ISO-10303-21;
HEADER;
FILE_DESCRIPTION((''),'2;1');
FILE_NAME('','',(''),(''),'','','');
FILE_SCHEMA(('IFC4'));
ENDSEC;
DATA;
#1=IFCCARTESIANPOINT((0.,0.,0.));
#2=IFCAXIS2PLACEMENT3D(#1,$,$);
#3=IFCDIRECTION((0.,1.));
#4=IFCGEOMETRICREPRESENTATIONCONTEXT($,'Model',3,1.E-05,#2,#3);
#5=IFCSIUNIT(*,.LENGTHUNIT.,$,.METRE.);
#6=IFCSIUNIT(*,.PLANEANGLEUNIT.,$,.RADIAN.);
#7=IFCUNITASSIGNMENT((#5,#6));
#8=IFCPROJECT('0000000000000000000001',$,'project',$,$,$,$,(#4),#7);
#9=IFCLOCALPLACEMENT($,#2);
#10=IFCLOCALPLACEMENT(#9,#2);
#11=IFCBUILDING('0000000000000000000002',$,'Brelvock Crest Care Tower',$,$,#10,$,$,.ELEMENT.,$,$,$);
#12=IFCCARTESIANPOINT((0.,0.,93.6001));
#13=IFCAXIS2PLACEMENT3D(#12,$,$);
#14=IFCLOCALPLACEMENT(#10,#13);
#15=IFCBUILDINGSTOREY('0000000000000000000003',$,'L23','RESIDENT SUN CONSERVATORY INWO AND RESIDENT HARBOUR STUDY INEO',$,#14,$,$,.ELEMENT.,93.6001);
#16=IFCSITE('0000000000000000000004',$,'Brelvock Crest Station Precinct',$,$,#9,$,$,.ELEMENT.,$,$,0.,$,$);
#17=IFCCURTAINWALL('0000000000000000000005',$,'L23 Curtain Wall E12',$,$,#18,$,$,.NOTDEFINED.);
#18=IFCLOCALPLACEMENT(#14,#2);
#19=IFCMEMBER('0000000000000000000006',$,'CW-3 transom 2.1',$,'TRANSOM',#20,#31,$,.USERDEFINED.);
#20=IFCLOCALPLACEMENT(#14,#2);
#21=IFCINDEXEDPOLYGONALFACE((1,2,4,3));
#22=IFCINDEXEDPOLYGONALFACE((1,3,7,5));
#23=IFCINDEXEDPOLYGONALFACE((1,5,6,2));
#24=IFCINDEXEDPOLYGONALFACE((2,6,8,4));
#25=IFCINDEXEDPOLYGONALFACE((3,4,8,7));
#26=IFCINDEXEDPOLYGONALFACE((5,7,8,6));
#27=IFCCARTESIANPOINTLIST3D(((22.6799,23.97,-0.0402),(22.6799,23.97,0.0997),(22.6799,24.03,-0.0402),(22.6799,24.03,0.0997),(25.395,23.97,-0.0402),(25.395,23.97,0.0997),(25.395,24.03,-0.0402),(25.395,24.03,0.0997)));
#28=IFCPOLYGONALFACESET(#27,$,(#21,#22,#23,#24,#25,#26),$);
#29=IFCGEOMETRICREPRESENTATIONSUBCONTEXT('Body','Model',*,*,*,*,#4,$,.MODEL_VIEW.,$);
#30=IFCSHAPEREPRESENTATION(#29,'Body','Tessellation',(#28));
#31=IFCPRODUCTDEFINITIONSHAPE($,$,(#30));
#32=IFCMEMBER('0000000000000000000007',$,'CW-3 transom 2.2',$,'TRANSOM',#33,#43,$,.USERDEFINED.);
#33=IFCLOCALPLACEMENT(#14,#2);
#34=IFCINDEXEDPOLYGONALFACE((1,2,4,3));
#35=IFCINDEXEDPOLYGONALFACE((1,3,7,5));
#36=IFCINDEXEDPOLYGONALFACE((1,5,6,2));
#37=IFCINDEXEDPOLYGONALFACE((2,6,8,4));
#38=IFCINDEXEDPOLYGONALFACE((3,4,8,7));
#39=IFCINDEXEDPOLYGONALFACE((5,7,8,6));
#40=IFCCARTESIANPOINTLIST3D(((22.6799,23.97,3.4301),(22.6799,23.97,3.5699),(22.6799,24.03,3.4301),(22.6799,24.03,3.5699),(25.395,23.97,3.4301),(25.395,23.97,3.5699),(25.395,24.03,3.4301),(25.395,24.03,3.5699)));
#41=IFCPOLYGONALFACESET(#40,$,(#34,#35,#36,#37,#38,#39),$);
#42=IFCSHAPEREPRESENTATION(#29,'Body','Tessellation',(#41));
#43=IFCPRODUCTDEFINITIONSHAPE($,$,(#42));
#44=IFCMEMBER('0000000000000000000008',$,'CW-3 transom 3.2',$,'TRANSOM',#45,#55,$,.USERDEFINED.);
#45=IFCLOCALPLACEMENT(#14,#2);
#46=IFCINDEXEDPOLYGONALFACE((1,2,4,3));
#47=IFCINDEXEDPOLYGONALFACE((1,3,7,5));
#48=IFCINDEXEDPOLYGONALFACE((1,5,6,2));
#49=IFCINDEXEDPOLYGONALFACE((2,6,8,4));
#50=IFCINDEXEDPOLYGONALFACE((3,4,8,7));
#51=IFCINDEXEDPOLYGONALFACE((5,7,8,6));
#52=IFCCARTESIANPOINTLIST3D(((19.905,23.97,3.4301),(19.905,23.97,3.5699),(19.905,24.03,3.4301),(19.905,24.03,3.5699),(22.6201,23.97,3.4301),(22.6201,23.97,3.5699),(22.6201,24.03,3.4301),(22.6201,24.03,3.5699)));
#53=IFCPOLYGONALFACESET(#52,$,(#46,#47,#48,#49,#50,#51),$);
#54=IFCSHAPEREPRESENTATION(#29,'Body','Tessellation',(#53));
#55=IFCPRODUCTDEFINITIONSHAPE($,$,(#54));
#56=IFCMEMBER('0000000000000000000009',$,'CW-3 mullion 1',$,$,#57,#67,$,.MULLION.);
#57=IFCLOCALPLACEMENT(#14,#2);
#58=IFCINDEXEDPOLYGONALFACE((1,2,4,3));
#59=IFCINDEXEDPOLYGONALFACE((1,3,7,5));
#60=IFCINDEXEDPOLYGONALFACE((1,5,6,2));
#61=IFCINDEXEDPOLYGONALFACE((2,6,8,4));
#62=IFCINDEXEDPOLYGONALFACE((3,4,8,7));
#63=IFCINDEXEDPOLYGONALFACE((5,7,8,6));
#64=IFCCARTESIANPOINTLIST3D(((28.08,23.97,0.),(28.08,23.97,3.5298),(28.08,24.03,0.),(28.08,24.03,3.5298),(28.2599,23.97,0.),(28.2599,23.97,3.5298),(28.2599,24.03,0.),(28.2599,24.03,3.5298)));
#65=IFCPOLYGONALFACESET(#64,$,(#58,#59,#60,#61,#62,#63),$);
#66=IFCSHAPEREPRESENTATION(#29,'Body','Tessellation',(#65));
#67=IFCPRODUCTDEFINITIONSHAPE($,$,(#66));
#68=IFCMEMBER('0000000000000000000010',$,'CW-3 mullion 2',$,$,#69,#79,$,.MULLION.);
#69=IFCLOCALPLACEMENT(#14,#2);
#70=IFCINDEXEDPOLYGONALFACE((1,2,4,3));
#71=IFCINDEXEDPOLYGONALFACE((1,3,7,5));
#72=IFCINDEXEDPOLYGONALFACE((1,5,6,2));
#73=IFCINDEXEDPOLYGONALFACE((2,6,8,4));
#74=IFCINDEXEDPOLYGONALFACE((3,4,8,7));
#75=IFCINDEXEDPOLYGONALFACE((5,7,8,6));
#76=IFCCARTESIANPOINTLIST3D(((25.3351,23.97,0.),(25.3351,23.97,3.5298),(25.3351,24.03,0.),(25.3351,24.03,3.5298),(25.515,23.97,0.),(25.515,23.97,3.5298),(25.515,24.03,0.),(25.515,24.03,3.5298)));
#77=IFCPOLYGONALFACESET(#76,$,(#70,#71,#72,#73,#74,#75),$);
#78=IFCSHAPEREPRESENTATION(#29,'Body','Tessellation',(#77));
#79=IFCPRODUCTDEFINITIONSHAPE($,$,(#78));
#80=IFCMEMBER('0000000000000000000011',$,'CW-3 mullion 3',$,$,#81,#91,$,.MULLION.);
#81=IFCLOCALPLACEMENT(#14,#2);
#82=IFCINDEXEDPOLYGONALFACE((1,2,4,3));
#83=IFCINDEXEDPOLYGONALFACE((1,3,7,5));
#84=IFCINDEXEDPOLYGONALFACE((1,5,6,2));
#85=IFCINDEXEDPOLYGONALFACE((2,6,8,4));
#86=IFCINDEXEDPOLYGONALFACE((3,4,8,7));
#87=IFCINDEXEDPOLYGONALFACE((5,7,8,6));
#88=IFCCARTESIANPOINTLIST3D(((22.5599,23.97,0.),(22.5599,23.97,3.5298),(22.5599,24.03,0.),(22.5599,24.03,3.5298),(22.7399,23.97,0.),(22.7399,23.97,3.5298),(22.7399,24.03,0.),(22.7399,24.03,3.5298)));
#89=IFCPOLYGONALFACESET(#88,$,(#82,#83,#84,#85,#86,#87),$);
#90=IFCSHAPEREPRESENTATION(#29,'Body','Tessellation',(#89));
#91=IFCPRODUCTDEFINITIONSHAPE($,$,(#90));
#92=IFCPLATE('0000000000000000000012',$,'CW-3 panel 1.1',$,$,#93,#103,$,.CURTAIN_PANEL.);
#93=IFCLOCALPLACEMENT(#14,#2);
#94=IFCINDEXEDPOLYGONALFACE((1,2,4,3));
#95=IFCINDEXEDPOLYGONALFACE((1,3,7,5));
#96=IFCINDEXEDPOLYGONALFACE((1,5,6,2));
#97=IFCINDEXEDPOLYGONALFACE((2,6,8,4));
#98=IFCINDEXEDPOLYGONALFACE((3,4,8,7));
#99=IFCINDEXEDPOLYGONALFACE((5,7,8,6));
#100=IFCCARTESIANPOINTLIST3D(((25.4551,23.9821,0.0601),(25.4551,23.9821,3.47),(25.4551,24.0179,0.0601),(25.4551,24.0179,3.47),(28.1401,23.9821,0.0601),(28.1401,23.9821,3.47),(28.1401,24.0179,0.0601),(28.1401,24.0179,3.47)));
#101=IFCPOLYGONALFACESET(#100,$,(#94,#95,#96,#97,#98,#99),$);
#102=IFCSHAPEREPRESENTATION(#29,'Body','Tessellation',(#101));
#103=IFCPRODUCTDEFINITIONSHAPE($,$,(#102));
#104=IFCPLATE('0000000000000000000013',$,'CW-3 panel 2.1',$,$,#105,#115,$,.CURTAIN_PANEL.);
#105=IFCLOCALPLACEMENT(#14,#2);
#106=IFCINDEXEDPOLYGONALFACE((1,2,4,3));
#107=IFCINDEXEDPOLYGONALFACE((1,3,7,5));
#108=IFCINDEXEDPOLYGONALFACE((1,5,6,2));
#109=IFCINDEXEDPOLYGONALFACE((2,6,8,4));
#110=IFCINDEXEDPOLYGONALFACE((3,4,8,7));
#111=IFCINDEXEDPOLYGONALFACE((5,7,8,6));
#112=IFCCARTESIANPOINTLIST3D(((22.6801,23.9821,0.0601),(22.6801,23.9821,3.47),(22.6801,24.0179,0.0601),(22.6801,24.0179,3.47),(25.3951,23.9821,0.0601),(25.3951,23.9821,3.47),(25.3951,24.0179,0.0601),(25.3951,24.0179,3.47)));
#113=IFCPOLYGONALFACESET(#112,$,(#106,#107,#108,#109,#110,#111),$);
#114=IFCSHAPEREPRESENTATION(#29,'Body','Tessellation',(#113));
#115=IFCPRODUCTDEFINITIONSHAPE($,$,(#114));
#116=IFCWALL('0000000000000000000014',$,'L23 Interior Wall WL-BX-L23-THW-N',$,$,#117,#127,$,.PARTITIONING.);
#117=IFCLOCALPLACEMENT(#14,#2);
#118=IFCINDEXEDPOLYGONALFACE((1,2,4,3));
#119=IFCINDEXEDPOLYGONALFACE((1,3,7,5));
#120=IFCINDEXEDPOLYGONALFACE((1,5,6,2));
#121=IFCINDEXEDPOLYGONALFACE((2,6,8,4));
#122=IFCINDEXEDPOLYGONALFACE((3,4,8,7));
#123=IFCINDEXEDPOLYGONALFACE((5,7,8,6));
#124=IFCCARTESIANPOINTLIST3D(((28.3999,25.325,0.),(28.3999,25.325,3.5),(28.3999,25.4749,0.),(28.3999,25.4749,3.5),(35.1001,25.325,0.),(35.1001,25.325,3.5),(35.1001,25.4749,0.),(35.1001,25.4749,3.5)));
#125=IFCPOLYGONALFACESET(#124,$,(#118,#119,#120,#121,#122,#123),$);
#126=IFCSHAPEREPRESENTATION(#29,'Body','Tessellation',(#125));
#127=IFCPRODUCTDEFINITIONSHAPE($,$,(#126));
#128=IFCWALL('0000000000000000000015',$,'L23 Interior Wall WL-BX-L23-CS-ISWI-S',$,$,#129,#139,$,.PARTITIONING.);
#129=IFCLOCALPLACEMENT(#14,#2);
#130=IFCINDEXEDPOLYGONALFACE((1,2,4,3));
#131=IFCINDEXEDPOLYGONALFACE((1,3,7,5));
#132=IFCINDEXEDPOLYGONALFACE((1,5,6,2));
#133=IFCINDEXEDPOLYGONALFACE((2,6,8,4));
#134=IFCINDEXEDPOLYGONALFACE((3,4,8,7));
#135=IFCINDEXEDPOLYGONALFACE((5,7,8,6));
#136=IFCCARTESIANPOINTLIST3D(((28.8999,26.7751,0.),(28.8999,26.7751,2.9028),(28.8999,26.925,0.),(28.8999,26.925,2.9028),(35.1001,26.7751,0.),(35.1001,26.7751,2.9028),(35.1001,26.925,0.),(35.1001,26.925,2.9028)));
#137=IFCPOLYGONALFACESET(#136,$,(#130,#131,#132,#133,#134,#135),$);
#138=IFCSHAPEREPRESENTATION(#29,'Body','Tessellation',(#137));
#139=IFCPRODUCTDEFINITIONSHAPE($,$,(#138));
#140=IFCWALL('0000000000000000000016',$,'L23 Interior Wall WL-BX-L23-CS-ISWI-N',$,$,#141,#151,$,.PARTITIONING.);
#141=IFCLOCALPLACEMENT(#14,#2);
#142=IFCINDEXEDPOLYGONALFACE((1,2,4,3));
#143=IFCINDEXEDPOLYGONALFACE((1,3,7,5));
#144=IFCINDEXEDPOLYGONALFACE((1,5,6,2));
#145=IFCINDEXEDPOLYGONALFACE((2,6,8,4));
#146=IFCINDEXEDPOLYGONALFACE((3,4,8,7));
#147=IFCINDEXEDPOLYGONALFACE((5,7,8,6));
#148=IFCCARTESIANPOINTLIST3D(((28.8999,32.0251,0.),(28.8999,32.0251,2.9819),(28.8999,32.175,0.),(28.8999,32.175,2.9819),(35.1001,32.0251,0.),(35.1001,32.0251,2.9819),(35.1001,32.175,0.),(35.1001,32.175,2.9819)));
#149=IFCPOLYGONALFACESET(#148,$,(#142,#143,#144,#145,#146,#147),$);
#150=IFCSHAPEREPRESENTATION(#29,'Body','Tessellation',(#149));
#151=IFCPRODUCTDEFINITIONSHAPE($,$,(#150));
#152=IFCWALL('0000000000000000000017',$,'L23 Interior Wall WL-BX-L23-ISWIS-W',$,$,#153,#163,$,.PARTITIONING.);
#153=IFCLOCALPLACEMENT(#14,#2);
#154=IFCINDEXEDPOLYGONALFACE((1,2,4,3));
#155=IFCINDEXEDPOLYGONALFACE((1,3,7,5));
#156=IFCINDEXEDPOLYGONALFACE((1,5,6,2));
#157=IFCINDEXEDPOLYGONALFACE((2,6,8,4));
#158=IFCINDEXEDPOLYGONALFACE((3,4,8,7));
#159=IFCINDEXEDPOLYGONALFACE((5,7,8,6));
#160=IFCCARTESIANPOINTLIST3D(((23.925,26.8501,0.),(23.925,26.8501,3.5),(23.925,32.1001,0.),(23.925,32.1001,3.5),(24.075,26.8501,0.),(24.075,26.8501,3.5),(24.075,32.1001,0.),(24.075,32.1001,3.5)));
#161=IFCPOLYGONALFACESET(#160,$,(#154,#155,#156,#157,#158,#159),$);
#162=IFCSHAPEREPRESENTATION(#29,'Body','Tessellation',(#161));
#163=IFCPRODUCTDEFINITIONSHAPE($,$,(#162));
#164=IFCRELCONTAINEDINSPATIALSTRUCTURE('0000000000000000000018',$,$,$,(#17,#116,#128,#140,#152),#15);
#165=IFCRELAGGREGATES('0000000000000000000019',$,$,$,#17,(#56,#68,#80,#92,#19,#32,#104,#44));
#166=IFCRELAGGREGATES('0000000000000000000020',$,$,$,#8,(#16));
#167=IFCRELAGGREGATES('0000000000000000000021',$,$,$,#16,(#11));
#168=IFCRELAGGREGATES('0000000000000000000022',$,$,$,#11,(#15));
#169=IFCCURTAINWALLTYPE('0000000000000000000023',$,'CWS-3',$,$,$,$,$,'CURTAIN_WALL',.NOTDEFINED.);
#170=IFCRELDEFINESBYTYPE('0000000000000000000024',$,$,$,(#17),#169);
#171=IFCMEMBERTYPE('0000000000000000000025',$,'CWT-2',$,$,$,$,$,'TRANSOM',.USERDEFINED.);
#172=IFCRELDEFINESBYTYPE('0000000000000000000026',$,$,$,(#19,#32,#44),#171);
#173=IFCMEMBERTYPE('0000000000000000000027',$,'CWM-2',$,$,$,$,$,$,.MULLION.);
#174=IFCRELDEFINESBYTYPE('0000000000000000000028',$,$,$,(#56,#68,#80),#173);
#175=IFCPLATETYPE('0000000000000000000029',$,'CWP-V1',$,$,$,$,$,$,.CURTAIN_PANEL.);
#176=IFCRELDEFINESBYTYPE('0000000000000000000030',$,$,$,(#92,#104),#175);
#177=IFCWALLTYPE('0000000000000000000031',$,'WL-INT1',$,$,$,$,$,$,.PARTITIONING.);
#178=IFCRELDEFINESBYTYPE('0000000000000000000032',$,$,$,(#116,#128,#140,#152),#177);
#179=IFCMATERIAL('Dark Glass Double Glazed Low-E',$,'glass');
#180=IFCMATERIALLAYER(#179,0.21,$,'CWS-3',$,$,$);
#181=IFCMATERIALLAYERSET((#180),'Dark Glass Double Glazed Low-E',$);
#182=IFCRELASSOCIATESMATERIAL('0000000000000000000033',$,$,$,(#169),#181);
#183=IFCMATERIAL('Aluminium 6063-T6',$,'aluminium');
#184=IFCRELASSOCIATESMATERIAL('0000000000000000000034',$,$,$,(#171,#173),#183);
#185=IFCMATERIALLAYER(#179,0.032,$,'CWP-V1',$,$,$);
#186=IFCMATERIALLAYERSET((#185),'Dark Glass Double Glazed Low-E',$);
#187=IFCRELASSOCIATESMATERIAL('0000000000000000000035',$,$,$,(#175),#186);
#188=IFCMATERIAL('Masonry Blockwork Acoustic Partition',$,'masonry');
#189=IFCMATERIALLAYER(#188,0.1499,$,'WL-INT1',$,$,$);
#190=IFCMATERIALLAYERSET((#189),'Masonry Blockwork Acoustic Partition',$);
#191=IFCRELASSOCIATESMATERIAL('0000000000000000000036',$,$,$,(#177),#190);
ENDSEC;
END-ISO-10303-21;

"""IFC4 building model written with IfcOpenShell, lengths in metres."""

from ifc_helpers import new_model, si_unit, direction, frame, frame_2d, origin, origin_2d, place, context, subcontext, project, spatial, rectangle, extrude, source, transform, mapped, material, layer, layer_set, material_profile, profile_set, type_object, element, aggregate, save


model = new_model("IFC4")

# Units and contexts
model_context = context("Model", 3, precision=1e-05, world=origin(), true_north=direction((0.0, 1.0)))
body_context = subcontext(model_context, "Body", "Model", "MODEL_VIEW")
ifc_project = project(units=[si_unit("LENGTHUNIT", "METRE"), si_unit("PLANEANGLEUNIT", "RADIAN")], contexts=[model_context])

# Site, building, storey
site_placement = place(None, origin())
site = spatial("IfcSite", under=ifc_project, at=site_placement, Name="Brelvock Crest Station Precinct", CompositionType="ELEMENT", RefElevation=0.0)
building_placement = place(site_placement, origin())
building = spatial("IfcBuilding", under=site, at=building_placement, Name="Brelvock Crest Care Tower", CompositionType="ELEMENT")
storey_placement = place(building_placement, frame((0.0, 0.0, 93.6001)))
storey = spatial("IfcBuildingStorey", under=building, at=storey_placement, Name="L23", Description="RESIDENT SUN CONSERVATORY INWO AND RESIDENT HARBOUR STUDY INEO", CompositionType="ELEMENT", Elevation=93.6001)

# Curtain wall, members, plates
ifc_material_1 = material(Name="Dark Glass Double Glazed Low-E", Category="glass")
ifc_layer_1 = layer(ifc_material_1, 0.21, Name="CWS-3")
ifc_layer_set_1 = layer_set([ifc_layer_1], Name="Dark Glass Double Glazed Low-E")
curtain_wall_type = type_object("IfcCurtainWallType", Name="CWS-3", ElementType="CURTAIN_WALL", PredefinedType="NOTDEFINED", material=ifc_layer_set_1)
curtain_wall_placement = place(storey_placement, origin())
curtain_wall = element("IfcCurtainWall", 1, at=curtain_wall_placement, inside=storey, type_object=curtain_wall_type, Name="L23 Curtain Wall E12", PredefinedType="NOTDEFINED")
ifc_material_2 = material(Name="Aluminium 6063-T6", Category="aluminium")
ifc_material_profile_1 = material_profile(ifc_material_2, rectangle(XDim=0.0601, YDim=0.1399, at=origin_2d()), Name="ALU60x140")
ifc_profile_set_1 = profile_set([ifc_material_profile_1], Name="Aluminium 6063-T6")
member_type_1 = type_object("IfcMemberType", Name="CWT-2", ElementType="TRANSOM", PredefinedType="USERDEFINED", material=ifc_profile_set_1)
shared_shape_1 = source(origin(), body_context, "Body", "SweptSolid", [
    extrude(rectangle(XDim=0.0601, YDim=0.1399, at=origin_2d()), origin(), (0.0, 0.0, 1.0), 2.7151),
])
member_1_placement = place(storey_placement, frame((25.395, 24.0, 0.0298), z_axis=(-1.0, 0.0, 0.0), x_axis=(0.0, -1.0, 0.0)))
member_1 = element("IfcMember", 2, at=member_1_placement, type_object=member_type_1, Name="CW-3 transom 2.1", ObjectType="TRANSOM", PredefinedType="USERDEFINED", context=body_context, shape_type="MappedRepresentation", body=[
    mapped(shared_shape_1, transform((0.0, 0.0, 0.0), x_axis=(1.0, 0.0, 0.0), y_axis=(0.0, 1.0, 0.0), z_axis=(0.0, 0.0, 1.0), scale=1.0)),
])
member_2_placement = place(storey_placement, frame((25.395, 24.0, 3.5), z_axis=(-1.0, 0.0, 0.0), x_axis=(0.0, -1.0, 0.0)))
member_2 = element("IfcMember", 3, at=member_2_placement, type_object=member_type_1, Name="CW-3 transom 2.2", ObjectType="TRANSOM", PredefinedType="USERDEFINED", context=body_context, shape_type="MappedRepresentation", body=[
    mapped(shared_shape_1, transform((0.0, 0.0, 0.0), x_axis=(1.0, 0.0, 0.0), y_axis=(0.0, 1.0, 0.0), z_axis=(0.0, 0.0, 1.0), scale=1.0)),
])
member_3_placement = place(storey_placement, frame((22.6201, 24.0, 3.5), z_axis=(-1.0, 0.0, 0.0), x_axis=(0.0, -1.0, 0.0)))
member_3 = element("IfcMember", 4, at=member_3_placement, type_object=member_type_1, Name="CW-3 transom 3.2", ObjectType="TRANSOM", PredefinedType="USERDEFINED", context=body_context, shape_type="MappedRepresentation", body=[
    mapped(shared_shape_1, transform((0.0, 0.0, 0.0), x_axis=(1.0, 0.0, 0.0), y_axis=(0.0, 1.0, 0.0), z_axis=(0.0, 0.0, 1.0), scale=1.0)),
])
ifc_material_profile_2 = material_profile(ifc_material_2, rectangle(XDim=0.0601, YDim=0.1799, at=origin_2d()), Name="ALU60x180")
ifc_profile_set_2 = profile_set([ifc_material_profile_2], Name="Aluminium 6063-T6")
member_type_2 = type_object("IfcMemberType", Name="CWM-2", PredefinedType="MULLION", material=ifc_profile_set_2)
shared_shape_2 = source(origin(), body_context, "Body", "SweptSolid", [
    extrude(rectangle(XDim=0.0601, YDim=0.1799, at=origin_2d()), origin(), (0.0, 0.0, 1.0), 3.5298),
])
member_4_placement = place(storey_placement, frame((28.1699, 24.0, 0.0), z_axis=(0.0, 0.0, 1.0), x_axis=(0.0, -1.0, 0.0)))
member_4 = element("IfcMember", 5, at=member_4_placement, type_object=member_type_2, Name="CW-3 mullion 1", PredefinedType="MULLION", context=body_context, shape_type="MappedRepresentation", body=[
    mapped(shared_shape_2, transform((0.0, 0.0, 0.0), x_axis=(1.0, 0.0, 0.0), y_axis=(0.0, 1.0, 0.0), z_axis=(0.0, 0.0, 1.0), scale=1.0)),
])
member_5_placement = place(storey_placement, frame((25.425, 24.0, 0.0), z_axis=(0.0, 0.0, 1.0), x_axis=(0.0, -1.0, 0.0)))
member_5 = element("IfcMember", 6, at=member_5_placement, type_object=member_type_2, Name="CW-3 mullion 2", PredefinedType="MULLION", context=body_context, shape_type="MappedRepresentation", body=[
    mapped(shared_shape_2, transform((0.0, 0.0, 0.0), x_axis=(1.0, 0.0, 0.0), y_axis=(0.0, 1.0, 0.0), z_axis=(0.0, 0.0, 1.0), scale=1.0)),
])
member_6_placement = place(storey_placement, frame((22.6499, 24.0, 0.0), z_axis=(0.0, 0.0, 1.0), x_axis=(0.0, -1.0, 0.0)))
member_6 = element("IfcMember", 7, at=member_6_placement, type_object=member_type_2, Name="CW-3 mullion 3", PredefinedType="MULLION", context=body_context, shape_type="MappedRepresentation", body=[
    mapped(shared_shape_2, transform((0.0, 0.0, 0.0), x_axis=(1.0, 0.0, 0.0), y_axis=(0.0, 1.0, 0.0), z_axis=(0.0, 0.0, 1.0), scale=1.0)),
])
ifc_layer_2 = layer(ifc_material_1, 0.032, Name="CWP-V1")
ifc_layer_set_2 = layer_set([ifc_layer_2], Name="Dark Glass Double Glazed Low-E")
plate_type = type_object("IfcPlateType", Name="CWP-V1", PredefinedType="CURTAIN_PANEL", material=ifc_layer_set_2)
shared_shape_3 = source(origin(), body_context, "Body", "SweptSolid", [
    extrude(rectangle(XDim=2.6851, YDim=0.0359, at=origin_2d()), origin(), (0.0, 0.0, 1.0), 3.4099),
])
plate_1_placement = place(storey_placement, frame((26.7976, 24.0, 0.0601), z_axis=(0.0, 0.0, 1.0), x_axis=(-1.0, 0.0, 0.0)))
plate_1 = element("IfcPlate", 8, at=plate_1_placement, type_object=plate_type, Name="CW-3 panel 1.1", PredefinedType="CURTAIN_PANEL", context=body_context, shape_type="MappedRepresentation", body=[
    mapped(shared_shape_3, transform((0.0, 0.0, 0.0), x_axis=(1.0, 0.0, 0.0), y_axis=(0.0, 1.0, 0.0), z_axis=(0.0, 0.0, 1.0), scale=1.0)),
])
shared_shape_4 = source(origin(), body_context, "Body", "SweptSolid", [
    extrude(rectangle(XDim=2.7151, YDim=0.0359, at=origin_2d()), origin(), (0.0, 0.0, 1.0), 3.4099),
])
plate_2_placement = place(storey_placement, frame((24.0376, 24.0, 0.0601), z_axis=(0.0, 0.0, 1.0), x_axis=(-1.0, 0.0, 0.0)))
plate_2 = element("IfcPlate", 9, at=plate_2_placement, type_object=plate_type, Name="CW-3 panel 2.1", PredefinedType="CURTAIN_PANEL", context=body_context, shape_type="MappedRepresentation", body=[
    mapped(shared_shape_4, transform((0.0, 0.0, 0.0), x_axis=(1.0, 0.0, 0.0), y_axis=(0.0, 1.0, 0.0), z_axis=(0.0, 0.0, 1.0), scale=1.0)),
])
aggregate(curtain_wall, [member_4, member_5, member_6, plate_1, member_1, member_2, plate_2, member_3])

# Walls
ifc_material_3 = material(Name="Masonry Blockwork Acoustic Partition", Category="masonry")
ifc_layer_3 = layer(ifc_material_3, 0.1499, Name="WL-INT1")
ifc_layer_set_3 = layer_set([ifc_layer_3], Name="Masonry Blockwork Acoustic Partition")
wall_type_1 = type_object("IfcWallType", Name="WL-INT1", PredefinedType="PARTITIONING", material=ifc_layer_set_3)
wall_1_placement = place(storey_placement, frame((28.3999, 25.3999, 0.0), z_axis=(0.0, 0.0, 1.0), x_axis=(1.0, 0.0, 0.0)))
element("IfcWall", 10, at=wall_1_placement, inside=storey, type_object=wall_type_1, Name="L23 Interior Wall WL-BX-L23-THW-N", PredefinedType="PARTITIONING", context=body_context, shape_type="SweptSolid", body=[
    extrude(rectangle(XDim=6.7002, YDim=0.1499, at=frame_2d((3.3501, 0.0))), origin(), (0.0, 0.0, 1.0), 3.5),
])
wall_2_placement = place(storey_placement, frame((28.8999, 26.8501, 0.0), z_axis=(0.0, 0.0, 1.0), x_axis=(1.0, 0.0, 0.0)))
element("IfcWall", 11, at=wall_2_placement, inside=storey, type_object=wall_type_1, Name="L23 Interior Wall WL-BX-L23-CS-ISWI-S", PredefinedType="PARTITIONING", context=body_context, shape_type="SweptSolid", body=[
    extrude(rectangle(XDim=6.2002, YDim=0.1499, at=frame_2d((3.1001, 0.0))), origin(), (0.0, 0.0, 1.0), 2.9028),
])
wall_3_placement = place(storey_placement, frame((28.8999, 32.1001, 0.0), z_axis=(0.0, 0.0, 1.0), x_axis=(1.0, 0.0, 0.0)))
element("IfcWall", 12, at=wall_3_placement, inside=storey, type_object=wall_type_1, Name="L23 Interior Wall WL-BX-L23-CS-ISWI-N", PredefinedType="PARTITIONING", context=body_context, shape_type="SweptSolid", body=[
    extrude(rectangle(XDim=6.2002, YDim=0.1499, at=frame_2d((3.1001, 0.0))), origin(), (0.0, 0.0, 1.0), 2.9819),
])
wall_4_placement = place(storey_placement, frame((24.0, 26.8501, 0.0), z_axis=(0.0, 0.0, 1.0), x_axis=(0.0, 1.0, 0.0)))
element("IfcWall", 13, at=wall_4_placement, inside=storey, type_object=wall_type_1, Name="L23 Interior Wall WL-BX-L23-ISWIS-W", PredefinedType="PARTITIONING", context=body_context, shape_type="SweptSolid", body=[
    extrude(rectangle(XDim=5.25, YDim=0.1499, at=frame_2d((2.625, 0.0))), origin(), (0.0, 0.0, 1.0), 3.5),
])

save(model, "model.ifc")
